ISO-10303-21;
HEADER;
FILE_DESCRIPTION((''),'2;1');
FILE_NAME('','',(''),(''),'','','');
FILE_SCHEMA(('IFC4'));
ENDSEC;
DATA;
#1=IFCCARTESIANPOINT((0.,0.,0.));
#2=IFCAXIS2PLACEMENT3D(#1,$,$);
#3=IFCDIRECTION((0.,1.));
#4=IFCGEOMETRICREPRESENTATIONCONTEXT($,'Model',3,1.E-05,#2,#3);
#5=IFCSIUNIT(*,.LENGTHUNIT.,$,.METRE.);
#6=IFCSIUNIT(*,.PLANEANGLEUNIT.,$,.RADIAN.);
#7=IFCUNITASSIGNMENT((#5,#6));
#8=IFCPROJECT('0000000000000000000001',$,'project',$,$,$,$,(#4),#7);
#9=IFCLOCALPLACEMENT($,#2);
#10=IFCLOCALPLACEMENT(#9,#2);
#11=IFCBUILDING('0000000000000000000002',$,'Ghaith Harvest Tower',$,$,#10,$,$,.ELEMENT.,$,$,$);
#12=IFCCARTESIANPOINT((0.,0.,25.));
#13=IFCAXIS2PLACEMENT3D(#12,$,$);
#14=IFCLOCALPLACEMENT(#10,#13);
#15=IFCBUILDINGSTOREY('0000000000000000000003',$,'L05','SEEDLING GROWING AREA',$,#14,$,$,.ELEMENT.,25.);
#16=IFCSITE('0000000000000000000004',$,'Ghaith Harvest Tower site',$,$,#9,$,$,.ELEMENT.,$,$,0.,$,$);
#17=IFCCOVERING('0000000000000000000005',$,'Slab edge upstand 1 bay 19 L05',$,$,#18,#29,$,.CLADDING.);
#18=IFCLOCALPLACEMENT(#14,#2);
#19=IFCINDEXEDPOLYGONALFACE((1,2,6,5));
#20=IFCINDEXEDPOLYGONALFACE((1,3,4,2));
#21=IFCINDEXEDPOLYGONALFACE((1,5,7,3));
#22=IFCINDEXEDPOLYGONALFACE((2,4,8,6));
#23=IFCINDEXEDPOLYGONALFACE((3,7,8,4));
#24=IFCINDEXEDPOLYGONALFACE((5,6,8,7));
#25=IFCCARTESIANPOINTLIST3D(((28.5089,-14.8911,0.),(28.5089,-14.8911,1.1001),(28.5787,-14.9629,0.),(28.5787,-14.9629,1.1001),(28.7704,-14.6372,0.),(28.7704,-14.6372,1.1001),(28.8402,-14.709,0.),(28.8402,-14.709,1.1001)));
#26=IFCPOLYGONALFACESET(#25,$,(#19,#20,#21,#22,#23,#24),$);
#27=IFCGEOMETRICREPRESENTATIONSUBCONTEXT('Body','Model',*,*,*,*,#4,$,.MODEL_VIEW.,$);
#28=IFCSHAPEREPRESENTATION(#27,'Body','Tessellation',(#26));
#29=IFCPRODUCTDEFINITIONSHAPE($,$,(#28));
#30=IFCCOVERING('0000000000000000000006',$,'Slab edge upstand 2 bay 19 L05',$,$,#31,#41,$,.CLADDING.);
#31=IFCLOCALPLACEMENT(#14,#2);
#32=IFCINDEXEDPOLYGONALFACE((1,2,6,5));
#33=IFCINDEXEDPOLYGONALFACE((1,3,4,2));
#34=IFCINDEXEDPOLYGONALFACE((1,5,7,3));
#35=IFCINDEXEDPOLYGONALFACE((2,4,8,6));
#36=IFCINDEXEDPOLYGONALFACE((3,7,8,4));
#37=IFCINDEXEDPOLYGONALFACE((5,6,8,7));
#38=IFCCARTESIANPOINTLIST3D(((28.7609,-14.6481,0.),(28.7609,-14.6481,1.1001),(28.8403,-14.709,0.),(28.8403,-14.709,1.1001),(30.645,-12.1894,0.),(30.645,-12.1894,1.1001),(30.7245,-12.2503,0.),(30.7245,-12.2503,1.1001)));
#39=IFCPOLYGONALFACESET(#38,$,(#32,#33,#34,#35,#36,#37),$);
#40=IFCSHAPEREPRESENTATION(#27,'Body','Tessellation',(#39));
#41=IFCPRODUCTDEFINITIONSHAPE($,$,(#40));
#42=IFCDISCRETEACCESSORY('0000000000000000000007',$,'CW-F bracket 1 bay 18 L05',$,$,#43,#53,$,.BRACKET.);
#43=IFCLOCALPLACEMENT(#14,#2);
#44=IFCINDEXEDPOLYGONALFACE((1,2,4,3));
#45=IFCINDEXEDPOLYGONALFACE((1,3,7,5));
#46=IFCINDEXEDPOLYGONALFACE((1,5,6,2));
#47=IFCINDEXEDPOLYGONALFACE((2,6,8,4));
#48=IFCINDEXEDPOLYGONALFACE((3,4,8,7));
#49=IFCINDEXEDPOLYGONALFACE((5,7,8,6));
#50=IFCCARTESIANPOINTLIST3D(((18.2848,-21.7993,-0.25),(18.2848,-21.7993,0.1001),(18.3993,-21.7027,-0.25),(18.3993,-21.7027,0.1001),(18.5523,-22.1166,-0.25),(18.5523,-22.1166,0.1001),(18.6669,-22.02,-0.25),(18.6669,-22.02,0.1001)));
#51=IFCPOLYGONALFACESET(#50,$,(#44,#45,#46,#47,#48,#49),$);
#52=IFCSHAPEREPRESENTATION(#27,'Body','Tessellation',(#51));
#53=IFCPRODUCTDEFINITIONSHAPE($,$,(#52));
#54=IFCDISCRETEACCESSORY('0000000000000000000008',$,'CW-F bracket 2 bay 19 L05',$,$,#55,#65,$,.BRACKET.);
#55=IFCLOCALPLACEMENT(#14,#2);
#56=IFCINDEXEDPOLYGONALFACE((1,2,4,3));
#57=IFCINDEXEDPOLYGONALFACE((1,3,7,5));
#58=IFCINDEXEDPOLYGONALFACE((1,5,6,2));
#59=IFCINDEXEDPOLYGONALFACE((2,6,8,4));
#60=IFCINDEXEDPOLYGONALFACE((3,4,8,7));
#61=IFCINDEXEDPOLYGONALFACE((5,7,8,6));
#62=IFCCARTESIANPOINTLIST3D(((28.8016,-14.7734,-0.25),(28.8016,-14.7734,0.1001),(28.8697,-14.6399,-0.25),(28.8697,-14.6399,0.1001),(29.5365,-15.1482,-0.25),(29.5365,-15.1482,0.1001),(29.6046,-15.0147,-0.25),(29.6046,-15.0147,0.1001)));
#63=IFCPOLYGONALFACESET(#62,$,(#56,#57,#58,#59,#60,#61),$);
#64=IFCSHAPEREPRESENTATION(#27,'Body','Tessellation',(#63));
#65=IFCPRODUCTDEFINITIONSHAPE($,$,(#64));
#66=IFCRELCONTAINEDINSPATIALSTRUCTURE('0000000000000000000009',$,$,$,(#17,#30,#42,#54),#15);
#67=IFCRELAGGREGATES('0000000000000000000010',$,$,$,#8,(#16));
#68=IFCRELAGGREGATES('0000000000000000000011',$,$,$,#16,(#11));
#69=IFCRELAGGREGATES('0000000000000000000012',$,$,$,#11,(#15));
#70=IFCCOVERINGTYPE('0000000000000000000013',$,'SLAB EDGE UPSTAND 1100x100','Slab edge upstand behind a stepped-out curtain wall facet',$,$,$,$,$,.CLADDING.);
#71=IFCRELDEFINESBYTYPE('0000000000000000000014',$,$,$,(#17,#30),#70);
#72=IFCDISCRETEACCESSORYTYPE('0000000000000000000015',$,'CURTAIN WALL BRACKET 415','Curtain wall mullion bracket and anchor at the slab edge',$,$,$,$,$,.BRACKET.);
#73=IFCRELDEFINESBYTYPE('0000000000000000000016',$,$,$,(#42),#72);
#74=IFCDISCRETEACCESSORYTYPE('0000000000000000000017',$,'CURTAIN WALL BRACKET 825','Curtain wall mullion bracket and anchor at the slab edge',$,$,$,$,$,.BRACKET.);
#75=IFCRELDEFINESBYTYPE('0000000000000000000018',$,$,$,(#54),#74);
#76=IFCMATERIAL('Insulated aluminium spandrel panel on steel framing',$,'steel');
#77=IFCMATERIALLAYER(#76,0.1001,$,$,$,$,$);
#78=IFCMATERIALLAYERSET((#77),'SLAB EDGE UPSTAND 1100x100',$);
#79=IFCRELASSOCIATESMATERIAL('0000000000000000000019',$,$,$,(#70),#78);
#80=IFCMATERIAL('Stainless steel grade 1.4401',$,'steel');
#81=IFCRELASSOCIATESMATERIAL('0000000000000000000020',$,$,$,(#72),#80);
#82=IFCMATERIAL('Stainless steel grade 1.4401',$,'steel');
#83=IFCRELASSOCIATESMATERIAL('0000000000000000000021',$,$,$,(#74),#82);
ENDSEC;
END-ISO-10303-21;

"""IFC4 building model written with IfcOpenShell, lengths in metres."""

from ifc_helpers import new_model, si_unit, direction, frame, origin, origin_2d, place, context, subcontext, project, spatial, rectangle, extrude, material, layer, layer_set, type_object, element, save


model = new_model("IFC4")

# Units and contexts
model_context = context("Model", 3, precision=1e-05, world=origin(), true_north=direction((0.0, 1.0)))
body_context = subcontext(model_context, "Body", "Model", "MODEL_VIEW")
ifc_project = project(units=[si_unit("LENGTHUNIT", "METRE"), si_unit("PLANEANGLEUNIT", "RADIAN")], contexts=[model_context])

# Site, building, storey
site_placement = place(None, origin())
site = spatial("IfcSite", under=ifc_project, at=site_placement, Name="Ghaith Harvest Tower site", CompositionType="ELEMENT", RefElevation=0.0)
building_placement = place(site_placement, origin())
building = spatial("IfcBuilding", under=site, at=building_placement, Name="Ghaith Harvest Tower", CompositionType="ELEMENT")
storey_placement = place(building_placement, frame((0.0, 0.0, 25.0)))
storey = spatial("IfcBuildingStorey", under=building, at=storey_placement, Name="L05", Description="SEEDLING GROWING AREA", CompositionType="ELEMENT", Elevation=25.0)

# Coverings
ifc_material_1 = material(Name="Insulated aluminium spandrel panel on steel framing", Category="steel")
ifc_layer_1 = layer(ifc_material_1, 0.1001)
ifc_layer_set_1 = layer_set([ifc_layer_1], Name="SLAB EDGE UPSTAND 1100x100")
covering_type = type_object("IfcCoveringType", Name="SLAB EDGE UPSTAND 1100x100", Description="Slab edge upstand behind a stepped-out curtain wall facet", PredefinedType="CLADDING", material=ifc_layer_set_1)
covering_1_placement = place(storey_placement, frame((28.6746, -14.8, 0.0), z_axis=(0.0, 0.0, 1.0), x_axis=(0.717386, 0.696675, 0.0)))
element("IfcCovering", 1, at=covering_1_placement, inside=storey, type_object=covering_type, Name="Slab edge upstand 1 bay 19 L05", PredefinedType="CLADDING", context=body_context, shape_type="SweptSolid", body=[
    extrude(rectangle(XDim=0.3645, YDim=0.1001, at=origin_2d()), origin(), (0.0, 0.0, 1.0), 1.1001),
])
covering_2_placement = place(storey_placement, frame((29.7427, -13.4492, 0.0), z_axis=(0.0, 0.0, 1.0), x_axis=(0.608255, 0.793742, 0.0)))
element("IfcCovering", 2, at=covering_2_placement, inside=storey, type_object=covering_type, Name="Slab edge upstand 2 bay 19 L05", PredefinedType="CLADDING", context=body_context, shape_type="SweptSolid", body=[
    extrude(rectangle(XDim=3.0977, YDim=0.1001, at=origin_2d()), origin(), (0.0, 0.0, 1.0), 1.1001),
])

# Discrete accessories
ifc_material_2 = material(Name="Stainless steel grade 1.4401", Category="steel")
discrete_accessory_type_1 = type_object("IfcDiscreteAccessoryType", Name="CURTAIN WALL BRACKET 415", Description="Curtain wall mullion bracket and anchor at the slab edge", PredefinedType="BRACKET", material=ifc_material_2)
discrete_accessory_1_placement = place(storey_placement, frame((18.4758, -21.9097, -0.25), z_axis=(0.0, 0.0, 1.0), x_axis=(0.644657, -0.764472, 0.0)))
element("IfcDiscreteAccessory", 3, at=discrete_accessory_1_placement, inside=storey, type_object=discrete_accessory_type_1, Name="CW-F bracket 1 bay 18 L05", PredefinedType="BRACKET", context=body_context, shape_type="SweptSolid", body=[
    extrude(rectangle(XDim=0.415, YDim=0.1499, at=origin_2d()), origin(), (0.0, 0.0, 1.0), 0.3501),
])
ifc_material_3 = material(Name="Stainless steel grade 1.4401", Category="steel")
discrete_accessory_type_2 = type_object("IfcDiscreteAccessoryType", Name="CURTAIN WALL BRACKET 825", Description="Curtain wall mullion bracket and anchor at the slab edge", PredefinedType="BRACKET", material=ifc_material_3)
discrete_accessory_2_placement = place(storey_placement, frame((29.2031, -14.894, -0.25), z_axis=(0.0, 0.0, 1.0), x_axis=(0.890831, -0.454335, 0.0)))
element("IfcDiscreteAccessory", 4, at=discrete_accessory_2_placement, inside=storey, type_object=discrete_accessory_type_2, Name="CW-F bracket 2 bay 19 L05", PredefinedType="BRACKET", context=body_context, shape_type="SweptSolid", body=[
    extrude(rectangle(XDim=0.825, YDim=0.1499, at=origin_2d()), origin(), (0.0, 0.0, 1.0), 0.3501),
])

save(model, "model.ifc")
